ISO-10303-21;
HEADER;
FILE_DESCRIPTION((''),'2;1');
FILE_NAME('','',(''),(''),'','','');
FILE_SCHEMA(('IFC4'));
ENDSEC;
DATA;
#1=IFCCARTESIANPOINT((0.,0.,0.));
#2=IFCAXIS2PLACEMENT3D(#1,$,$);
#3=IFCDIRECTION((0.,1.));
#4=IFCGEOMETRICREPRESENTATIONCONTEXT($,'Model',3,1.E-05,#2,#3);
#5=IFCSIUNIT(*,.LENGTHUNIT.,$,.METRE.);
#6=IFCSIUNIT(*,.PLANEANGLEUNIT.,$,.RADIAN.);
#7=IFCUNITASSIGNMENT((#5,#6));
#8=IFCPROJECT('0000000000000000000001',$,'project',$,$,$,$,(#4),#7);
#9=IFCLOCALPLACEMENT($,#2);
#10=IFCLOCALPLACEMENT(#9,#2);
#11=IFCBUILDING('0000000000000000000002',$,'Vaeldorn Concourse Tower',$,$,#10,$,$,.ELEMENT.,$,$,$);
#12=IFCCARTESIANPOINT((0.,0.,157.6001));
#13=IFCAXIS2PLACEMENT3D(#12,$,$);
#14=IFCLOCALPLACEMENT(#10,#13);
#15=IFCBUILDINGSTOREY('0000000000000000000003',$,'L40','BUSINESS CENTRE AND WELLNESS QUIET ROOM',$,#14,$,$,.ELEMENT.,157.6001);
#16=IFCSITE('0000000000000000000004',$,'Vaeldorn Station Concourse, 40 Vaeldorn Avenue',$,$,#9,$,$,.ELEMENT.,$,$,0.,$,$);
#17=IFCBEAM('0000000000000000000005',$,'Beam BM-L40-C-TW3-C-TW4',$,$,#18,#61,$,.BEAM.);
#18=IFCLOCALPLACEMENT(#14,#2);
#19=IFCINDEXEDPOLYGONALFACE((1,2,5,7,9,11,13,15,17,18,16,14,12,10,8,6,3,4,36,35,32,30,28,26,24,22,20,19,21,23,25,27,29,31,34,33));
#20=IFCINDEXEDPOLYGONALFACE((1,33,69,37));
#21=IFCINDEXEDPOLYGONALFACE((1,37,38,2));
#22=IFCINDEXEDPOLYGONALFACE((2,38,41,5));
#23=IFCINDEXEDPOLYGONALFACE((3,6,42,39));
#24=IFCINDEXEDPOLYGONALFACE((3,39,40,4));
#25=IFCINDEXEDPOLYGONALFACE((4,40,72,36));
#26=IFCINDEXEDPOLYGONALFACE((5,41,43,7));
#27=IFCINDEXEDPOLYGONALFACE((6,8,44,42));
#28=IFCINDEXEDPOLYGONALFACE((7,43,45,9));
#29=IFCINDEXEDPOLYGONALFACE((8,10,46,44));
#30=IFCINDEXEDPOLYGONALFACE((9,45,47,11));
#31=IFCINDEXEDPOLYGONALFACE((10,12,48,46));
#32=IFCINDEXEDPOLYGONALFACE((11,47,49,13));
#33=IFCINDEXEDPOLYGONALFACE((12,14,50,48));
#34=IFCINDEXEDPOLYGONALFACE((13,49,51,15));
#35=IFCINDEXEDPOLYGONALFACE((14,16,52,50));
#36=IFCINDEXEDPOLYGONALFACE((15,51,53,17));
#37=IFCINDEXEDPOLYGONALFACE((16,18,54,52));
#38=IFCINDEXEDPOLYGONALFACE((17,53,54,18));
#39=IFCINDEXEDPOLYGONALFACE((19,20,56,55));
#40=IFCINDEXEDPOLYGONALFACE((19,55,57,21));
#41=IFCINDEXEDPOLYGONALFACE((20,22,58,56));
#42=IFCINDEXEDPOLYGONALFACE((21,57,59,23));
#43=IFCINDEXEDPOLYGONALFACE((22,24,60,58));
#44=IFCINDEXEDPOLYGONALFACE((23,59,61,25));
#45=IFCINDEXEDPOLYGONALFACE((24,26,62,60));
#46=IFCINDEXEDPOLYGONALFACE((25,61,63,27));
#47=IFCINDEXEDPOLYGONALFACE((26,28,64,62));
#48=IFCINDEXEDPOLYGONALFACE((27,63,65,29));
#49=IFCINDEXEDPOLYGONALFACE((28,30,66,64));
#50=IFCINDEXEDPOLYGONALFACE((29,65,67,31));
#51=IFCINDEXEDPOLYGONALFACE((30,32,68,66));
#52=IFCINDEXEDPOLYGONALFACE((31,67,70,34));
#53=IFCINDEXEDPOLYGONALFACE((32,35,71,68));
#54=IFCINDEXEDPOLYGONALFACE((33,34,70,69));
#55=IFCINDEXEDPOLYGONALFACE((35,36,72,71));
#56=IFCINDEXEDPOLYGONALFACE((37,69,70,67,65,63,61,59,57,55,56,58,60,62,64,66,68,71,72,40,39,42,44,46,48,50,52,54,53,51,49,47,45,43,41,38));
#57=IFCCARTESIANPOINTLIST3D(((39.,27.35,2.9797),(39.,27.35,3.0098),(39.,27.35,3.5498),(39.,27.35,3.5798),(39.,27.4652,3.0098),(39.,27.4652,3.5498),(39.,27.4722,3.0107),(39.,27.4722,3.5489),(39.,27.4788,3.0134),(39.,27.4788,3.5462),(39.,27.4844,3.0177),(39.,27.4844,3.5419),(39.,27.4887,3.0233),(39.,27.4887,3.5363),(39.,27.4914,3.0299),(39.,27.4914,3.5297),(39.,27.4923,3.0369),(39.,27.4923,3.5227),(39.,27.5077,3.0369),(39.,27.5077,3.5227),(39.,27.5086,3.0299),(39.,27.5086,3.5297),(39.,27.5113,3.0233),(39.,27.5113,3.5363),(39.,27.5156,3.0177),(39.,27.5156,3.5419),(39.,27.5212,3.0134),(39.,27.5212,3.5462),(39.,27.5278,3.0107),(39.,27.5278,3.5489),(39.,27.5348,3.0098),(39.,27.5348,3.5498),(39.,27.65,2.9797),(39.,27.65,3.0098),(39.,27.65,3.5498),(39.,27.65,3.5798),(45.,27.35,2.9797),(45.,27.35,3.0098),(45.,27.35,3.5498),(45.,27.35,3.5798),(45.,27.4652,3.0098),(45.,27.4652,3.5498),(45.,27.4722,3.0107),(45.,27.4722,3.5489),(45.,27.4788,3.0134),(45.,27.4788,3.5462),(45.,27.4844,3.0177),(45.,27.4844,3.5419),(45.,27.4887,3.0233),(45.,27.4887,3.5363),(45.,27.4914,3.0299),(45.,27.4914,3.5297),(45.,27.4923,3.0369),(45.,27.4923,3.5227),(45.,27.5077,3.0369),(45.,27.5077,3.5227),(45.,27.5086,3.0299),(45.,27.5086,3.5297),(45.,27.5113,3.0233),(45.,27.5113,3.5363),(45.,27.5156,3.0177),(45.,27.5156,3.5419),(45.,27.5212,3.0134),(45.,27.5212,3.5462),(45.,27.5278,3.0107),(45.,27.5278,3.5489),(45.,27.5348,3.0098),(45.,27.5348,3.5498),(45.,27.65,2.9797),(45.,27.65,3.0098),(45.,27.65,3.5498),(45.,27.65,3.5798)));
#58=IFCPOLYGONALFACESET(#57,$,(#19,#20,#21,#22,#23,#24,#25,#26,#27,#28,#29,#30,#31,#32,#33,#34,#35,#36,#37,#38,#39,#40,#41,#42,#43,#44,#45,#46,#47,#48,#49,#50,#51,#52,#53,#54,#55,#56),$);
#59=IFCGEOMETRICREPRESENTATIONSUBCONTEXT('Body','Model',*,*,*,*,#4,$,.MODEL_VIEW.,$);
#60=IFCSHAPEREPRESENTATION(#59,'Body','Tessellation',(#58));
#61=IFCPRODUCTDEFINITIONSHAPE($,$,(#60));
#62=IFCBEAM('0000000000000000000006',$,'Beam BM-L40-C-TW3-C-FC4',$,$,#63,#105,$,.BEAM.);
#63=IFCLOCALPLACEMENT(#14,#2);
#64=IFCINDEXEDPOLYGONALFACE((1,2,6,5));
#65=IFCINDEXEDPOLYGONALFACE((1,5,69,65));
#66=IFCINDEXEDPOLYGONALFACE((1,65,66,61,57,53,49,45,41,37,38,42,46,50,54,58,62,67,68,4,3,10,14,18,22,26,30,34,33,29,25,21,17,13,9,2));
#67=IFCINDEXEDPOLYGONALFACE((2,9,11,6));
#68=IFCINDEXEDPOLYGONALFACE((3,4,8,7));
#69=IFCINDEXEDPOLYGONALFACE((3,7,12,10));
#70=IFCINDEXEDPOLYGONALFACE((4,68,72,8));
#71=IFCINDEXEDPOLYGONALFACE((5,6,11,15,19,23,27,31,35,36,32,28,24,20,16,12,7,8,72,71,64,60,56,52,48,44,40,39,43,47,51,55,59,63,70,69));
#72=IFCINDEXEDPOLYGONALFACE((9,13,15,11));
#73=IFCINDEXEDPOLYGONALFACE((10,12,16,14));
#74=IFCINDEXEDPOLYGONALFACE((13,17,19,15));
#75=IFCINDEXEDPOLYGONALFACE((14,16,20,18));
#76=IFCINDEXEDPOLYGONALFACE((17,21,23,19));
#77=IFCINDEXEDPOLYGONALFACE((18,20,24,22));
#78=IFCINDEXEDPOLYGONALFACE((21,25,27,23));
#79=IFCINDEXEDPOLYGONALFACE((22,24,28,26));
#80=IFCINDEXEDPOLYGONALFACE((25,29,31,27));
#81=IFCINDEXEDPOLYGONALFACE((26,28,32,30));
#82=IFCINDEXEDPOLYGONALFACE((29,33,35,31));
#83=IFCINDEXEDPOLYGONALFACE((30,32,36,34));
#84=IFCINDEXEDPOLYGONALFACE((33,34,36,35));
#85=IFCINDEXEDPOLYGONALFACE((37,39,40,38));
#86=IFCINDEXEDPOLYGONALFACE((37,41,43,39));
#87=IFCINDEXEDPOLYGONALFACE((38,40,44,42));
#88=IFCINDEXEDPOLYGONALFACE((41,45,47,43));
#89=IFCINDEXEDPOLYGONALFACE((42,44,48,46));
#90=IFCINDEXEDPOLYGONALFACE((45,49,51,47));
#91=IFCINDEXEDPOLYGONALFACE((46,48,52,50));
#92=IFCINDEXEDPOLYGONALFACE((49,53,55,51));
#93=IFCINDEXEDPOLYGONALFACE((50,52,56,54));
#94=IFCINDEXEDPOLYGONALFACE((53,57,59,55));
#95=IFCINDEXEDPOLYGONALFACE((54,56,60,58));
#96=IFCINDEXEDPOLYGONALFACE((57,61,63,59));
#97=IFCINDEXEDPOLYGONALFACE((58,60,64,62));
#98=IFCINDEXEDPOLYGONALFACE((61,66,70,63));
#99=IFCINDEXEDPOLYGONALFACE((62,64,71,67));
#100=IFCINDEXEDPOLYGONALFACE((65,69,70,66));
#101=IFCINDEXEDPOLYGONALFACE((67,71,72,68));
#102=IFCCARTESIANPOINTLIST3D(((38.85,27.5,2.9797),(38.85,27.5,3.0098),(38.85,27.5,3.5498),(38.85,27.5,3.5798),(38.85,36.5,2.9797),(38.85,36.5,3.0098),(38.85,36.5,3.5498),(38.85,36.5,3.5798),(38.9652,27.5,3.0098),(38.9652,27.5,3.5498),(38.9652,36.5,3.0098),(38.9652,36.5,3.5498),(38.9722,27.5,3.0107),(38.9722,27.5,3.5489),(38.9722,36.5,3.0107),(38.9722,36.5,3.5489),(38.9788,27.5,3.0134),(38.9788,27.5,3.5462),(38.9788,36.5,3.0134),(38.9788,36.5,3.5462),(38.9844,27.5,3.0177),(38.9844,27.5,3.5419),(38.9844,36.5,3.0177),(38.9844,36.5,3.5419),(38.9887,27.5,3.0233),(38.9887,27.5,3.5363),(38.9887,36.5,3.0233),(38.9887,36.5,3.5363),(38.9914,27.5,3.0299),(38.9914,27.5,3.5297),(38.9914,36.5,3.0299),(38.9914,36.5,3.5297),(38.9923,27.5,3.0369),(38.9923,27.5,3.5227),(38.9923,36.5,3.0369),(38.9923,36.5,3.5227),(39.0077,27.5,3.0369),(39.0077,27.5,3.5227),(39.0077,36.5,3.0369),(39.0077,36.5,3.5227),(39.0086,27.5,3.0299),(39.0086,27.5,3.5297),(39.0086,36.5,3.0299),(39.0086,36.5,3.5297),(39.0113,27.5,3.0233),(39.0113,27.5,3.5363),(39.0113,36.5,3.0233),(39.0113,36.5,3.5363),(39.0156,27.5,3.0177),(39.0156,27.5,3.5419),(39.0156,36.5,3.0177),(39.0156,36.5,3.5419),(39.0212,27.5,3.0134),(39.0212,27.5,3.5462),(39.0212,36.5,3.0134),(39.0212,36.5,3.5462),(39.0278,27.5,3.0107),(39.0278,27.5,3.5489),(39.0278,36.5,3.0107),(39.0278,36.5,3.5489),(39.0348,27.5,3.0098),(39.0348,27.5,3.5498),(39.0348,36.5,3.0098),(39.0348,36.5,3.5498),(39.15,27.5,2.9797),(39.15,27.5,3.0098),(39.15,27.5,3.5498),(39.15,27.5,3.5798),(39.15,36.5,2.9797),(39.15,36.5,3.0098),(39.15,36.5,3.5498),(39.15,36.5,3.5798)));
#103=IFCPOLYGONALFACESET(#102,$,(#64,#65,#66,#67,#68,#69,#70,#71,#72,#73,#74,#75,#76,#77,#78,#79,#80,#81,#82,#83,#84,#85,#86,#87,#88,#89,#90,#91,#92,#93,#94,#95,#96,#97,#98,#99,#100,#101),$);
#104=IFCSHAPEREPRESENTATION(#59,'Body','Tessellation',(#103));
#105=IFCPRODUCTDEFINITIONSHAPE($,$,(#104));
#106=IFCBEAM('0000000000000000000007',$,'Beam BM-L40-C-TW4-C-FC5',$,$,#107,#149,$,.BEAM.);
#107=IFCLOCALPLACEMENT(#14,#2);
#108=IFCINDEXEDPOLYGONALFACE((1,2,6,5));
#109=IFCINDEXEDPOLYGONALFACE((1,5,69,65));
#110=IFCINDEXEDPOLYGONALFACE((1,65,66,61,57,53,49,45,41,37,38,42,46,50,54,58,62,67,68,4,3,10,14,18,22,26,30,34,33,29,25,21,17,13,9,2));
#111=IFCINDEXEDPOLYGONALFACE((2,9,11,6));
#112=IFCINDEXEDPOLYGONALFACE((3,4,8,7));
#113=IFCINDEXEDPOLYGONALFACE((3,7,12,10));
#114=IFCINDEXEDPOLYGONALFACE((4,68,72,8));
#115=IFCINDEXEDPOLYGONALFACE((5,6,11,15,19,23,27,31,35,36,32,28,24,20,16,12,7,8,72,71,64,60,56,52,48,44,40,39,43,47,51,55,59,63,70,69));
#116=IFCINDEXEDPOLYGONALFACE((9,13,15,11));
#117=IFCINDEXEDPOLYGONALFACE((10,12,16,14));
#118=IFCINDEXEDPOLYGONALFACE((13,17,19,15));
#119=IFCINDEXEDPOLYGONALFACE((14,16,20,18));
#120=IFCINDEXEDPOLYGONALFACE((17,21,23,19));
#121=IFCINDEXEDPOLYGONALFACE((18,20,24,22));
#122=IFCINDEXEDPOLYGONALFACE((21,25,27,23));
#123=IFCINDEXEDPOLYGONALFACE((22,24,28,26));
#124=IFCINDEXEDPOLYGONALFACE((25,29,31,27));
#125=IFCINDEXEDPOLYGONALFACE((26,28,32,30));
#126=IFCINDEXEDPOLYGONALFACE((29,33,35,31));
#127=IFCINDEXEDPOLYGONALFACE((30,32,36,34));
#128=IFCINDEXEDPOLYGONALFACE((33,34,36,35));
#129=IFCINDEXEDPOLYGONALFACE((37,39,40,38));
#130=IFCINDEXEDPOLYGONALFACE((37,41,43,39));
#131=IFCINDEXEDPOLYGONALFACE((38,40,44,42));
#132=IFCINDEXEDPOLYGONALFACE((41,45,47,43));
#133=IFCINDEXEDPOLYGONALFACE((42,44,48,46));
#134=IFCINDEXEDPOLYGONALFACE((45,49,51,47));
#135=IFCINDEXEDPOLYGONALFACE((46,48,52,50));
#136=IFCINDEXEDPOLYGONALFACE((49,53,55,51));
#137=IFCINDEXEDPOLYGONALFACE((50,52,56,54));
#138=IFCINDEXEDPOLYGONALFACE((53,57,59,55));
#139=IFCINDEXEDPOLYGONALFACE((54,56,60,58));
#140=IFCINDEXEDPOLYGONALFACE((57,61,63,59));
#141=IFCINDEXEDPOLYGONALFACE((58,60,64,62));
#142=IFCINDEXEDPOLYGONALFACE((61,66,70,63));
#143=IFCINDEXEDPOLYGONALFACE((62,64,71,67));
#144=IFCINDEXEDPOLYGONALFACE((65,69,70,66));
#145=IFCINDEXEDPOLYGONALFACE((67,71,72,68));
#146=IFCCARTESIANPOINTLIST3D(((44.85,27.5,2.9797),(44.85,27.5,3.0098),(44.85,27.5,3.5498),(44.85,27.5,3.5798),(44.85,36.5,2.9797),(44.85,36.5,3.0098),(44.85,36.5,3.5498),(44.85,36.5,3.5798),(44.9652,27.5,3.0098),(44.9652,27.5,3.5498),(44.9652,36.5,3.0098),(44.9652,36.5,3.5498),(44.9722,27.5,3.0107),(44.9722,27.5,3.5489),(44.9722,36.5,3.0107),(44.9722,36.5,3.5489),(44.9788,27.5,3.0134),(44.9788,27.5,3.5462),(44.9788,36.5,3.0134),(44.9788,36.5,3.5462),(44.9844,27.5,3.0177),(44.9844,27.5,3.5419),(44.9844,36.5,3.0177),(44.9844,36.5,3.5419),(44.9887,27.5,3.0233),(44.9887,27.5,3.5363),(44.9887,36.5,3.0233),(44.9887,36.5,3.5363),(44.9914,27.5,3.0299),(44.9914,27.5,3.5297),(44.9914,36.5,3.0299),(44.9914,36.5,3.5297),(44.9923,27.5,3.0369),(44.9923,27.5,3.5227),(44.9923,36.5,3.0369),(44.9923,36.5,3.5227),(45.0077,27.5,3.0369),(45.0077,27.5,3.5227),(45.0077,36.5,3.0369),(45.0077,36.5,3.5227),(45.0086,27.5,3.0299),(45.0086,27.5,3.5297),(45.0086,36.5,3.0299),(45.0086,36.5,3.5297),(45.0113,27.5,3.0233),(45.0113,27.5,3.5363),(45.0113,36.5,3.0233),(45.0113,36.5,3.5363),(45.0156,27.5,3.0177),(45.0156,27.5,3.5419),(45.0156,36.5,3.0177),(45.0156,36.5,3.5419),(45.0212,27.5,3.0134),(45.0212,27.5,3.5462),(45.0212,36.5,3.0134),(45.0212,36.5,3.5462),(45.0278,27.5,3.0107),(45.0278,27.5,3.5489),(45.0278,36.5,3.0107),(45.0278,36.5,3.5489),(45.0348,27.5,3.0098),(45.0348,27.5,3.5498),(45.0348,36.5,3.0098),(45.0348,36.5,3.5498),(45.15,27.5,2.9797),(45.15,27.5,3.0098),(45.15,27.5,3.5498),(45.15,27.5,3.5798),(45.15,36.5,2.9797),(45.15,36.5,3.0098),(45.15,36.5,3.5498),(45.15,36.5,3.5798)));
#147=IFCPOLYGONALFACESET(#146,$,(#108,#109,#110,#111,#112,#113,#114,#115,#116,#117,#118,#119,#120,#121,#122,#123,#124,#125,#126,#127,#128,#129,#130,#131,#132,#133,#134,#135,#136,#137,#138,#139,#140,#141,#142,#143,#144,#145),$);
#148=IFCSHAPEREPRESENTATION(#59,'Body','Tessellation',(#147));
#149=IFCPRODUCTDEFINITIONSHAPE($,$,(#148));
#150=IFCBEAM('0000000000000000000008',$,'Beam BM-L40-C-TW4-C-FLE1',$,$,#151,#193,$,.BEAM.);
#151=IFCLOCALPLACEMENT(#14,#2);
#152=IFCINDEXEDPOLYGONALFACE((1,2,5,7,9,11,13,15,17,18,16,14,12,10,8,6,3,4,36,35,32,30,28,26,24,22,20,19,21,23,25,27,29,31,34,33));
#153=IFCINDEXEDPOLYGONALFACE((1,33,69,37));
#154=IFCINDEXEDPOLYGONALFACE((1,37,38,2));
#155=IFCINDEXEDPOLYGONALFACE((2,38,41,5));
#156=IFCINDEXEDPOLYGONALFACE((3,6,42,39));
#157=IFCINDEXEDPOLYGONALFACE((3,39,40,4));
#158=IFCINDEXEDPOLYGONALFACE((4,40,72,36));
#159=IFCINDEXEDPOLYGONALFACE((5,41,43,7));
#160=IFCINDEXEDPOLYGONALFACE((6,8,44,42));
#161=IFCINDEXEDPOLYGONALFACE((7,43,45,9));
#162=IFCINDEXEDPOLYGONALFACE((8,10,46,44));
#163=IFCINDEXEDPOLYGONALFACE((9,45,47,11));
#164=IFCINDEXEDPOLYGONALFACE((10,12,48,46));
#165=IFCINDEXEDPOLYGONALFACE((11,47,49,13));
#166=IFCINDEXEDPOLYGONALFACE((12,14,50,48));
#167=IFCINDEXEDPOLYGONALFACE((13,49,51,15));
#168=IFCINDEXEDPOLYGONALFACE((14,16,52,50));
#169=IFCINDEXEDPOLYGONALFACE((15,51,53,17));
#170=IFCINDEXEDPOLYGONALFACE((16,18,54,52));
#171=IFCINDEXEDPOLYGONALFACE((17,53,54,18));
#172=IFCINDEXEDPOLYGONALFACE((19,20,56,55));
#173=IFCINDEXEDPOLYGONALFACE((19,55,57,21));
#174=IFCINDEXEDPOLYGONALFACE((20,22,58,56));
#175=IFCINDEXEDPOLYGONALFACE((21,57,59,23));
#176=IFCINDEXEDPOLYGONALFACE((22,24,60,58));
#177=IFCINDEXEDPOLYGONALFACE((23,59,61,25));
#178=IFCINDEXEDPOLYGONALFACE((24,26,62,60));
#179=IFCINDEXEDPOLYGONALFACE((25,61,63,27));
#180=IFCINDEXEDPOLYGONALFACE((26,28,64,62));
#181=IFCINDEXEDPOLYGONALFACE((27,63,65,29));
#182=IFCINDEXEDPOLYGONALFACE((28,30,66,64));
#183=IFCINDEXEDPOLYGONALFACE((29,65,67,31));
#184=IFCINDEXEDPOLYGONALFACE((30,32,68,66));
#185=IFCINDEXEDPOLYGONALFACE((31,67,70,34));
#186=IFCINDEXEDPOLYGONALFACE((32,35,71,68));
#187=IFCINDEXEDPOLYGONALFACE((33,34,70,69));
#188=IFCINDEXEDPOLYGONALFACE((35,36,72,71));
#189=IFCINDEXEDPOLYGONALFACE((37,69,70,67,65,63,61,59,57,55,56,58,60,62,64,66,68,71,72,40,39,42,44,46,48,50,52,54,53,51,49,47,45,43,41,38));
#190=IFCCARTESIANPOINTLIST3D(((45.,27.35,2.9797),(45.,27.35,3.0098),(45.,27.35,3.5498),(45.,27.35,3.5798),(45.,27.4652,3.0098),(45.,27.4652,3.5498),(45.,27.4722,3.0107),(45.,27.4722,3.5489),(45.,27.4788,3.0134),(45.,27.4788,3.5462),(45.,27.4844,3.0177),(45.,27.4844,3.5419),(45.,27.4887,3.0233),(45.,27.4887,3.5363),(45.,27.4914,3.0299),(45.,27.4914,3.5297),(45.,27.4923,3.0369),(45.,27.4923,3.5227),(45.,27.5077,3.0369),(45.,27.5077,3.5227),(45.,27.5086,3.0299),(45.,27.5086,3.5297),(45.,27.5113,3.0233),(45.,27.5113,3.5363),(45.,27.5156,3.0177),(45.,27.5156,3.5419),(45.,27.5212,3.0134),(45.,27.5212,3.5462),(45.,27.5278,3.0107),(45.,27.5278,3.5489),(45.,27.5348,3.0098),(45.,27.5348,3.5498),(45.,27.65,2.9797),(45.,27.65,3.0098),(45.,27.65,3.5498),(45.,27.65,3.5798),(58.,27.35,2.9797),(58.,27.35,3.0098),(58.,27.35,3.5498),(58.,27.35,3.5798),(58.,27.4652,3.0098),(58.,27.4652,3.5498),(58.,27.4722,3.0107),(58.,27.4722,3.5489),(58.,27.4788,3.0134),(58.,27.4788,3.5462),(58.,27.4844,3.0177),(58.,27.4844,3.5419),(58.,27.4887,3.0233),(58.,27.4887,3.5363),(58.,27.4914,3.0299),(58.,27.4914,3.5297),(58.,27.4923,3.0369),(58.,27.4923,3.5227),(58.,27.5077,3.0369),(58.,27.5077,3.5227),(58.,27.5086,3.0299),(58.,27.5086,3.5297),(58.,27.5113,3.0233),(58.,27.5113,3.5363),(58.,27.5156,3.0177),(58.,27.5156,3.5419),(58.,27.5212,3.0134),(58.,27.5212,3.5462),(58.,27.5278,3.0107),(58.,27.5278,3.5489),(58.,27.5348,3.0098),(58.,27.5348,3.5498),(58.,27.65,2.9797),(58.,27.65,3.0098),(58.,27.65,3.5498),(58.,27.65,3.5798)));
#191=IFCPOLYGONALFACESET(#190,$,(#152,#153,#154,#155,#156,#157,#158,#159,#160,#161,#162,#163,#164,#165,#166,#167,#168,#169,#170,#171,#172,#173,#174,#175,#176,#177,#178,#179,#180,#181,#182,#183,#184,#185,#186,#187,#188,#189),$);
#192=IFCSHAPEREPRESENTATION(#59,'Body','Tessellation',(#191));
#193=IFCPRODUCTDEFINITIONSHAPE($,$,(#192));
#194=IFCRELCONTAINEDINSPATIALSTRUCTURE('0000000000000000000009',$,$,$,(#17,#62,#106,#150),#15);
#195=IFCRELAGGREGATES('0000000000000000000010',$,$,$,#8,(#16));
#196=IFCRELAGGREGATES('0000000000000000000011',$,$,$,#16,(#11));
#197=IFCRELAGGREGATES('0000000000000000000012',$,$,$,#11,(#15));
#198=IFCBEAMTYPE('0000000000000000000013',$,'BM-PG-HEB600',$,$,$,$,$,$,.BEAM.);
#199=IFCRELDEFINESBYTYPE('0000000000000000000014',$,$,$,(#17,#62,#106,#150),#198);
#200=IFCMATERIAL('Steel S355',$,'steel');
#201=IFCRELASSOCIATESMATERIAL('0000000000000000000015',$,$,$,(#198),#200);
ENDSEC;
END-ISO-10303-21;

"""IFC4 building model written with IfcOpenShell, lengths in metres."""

from ifc_helpers import new_model, si_unit, direction, frame, origin, origin_2d, place, context, subcontext, project, spatial, i_section, extrude, source, transform, mapped, material, material_profile, profile_set, type_object, element, save


model = new_model("IFC4")

# Units and contexts
model_context = context("Model", 3, precision=1e-05, world=origin(), true_north=direction((0.0, 1.0)))
body_context = subcontext(model_context, "Body", "Model", "MODEL_VIEW")
ifc_project = project(units=[si_unit("LENGTHUNIT", "METRE"), si_unit("PLANEANGLEUNIT", "RADIAN")], contexts=[model_context])

# Site, building, storey
site_placement = place(None, origin())
site = spatial("IfcSite", under=ifc_project, at=site_placement, Name="Vaeldorn Station Concourse, 40 Vaeldorn Avenue", CompositionType="ELEMENT", RefElevation=0.0)
building_placement = place(site_placement, origin())
building = spatial("IfcBuilding", under=site, at=building_placement, Name="Vaeldorn Concourse Tower", CompositionType="ELEMENT")
storey_placement = place(building_placement, frame((0.0, 0.0, 157.6001)))
storey = spatial("IfcBuildingStorey", under=building, at=storey_placement, Name="L40", Description="BUSINESS CENTRE AND WELLNESS QUIET ROOM", CompositionType="ELEMENT", Elevation=157.6001)

# Beams
ifc_material_1 = material(Name="Steel S355", Category="steel")
ifc_material_profile_1 = material_profile(ifc_material_1, i_section(OverallWidth=0.3, OverallDepth=0.6001, WebThickness=0.0154, FlangeThickness=0.03, FilletRadius=0.0271, at=origin_2d()), Name="HEB 600")
ifc_profile_set_1 = profile_set([ifc_material_profile_1], Name="Steel S355")
beam_type_1 = type_object("IfcBeamType", Name="BM-PG-HEB600", PredefinedType="BEAM", material=ifc_profile_set_1)
shared_shape_1 = source(origin(), body_context, "Body", "SweptSolid", [
    extrude(i_section(OverallWidth=0.3, OverallDepth=0.6001, WebThickness=0.0154, FlangeThickness=0.03, FilletRadius=0.0271, at=origin_2d()), origin(), (0.0, 0.0, 1.0), 6.0),
])
beam_1_placement = place(storey_placement, frame((39.0, 27.5, 3.2798), z_axis=(1.0, 0.0, 0.0), x_axis=(0.0, 1.0, 0.0)))
element("IfcBeam", 1, at=beam_1_placement, inside=storey, type_object=beam_type_1, Name="Beam BM-L40-C-TW3-C-TW4", PredefinedType="BEAM", context=body_context, shape_type="MappedRepresentation", body=[
    mapped(shared_shape_1, transform((0.0, 0.0, 0.0), scale=1.0)),
])
shared_shape_2 = source(origin(), body_context, "Body", "SweptSolid", [
    extrude(i_section(OverallWidth=0.3, OverallDepth=0.6001, WebThickness=0.0154, FlangeThickness=0.03, FilletRadius=0.0271, at=origin_2d()), origin(), (0.0, 0.0, 1.0), 9.0),
])
for number, where, z_axis, x_axis, name in (
    (2, (39.0, 27.5, 3.2798), (0.0, 1.0, 0.0), (-1.0, 0.0, 0.0), "Beam BM-L40-C-TW3-C-FC4"),
    (3, (45.0, 27.5, 3.2798), (0.0, 1.0, 0.0), (-1.0, 0.0, 0.0), "Beam BM-L40-C-TW4-C-FC5"),
):
    element("IfcBeam", number, at=place(storey_placement, frame(where, z_axis=z_axis, x_axis=x_axis)), inside=storey, type_object=beam_type_1, Name=name, PredefinedType="BEAM", context=body_context, shape_type="MappedRepresentation", body=[
        mapped(shared_shape_2, transform((0.0, 0.0, 0.0), scale=1.0)),
    ])
shared_shape_3 = source(origin(), body_context, "Body", "SweptSolid", [
    extrude(i_section(OverallWidth=0.3, OverallDepth=0.6001, WebThickness=0.0154, FlangeThickness=0.03, FilletRadius=0.0271, at=origin_2d()), origin(), (0.0, 0.0, 1.0), 13.0),
])
beam_2_placement = place(storey_placement, frame((45.0, 27.5, 3.2798), z_axis=(1.0, 0.0, 0.0), x_axis=(0.0, 1.0, 0.0)))
element("IfcBeam", 4, at=beam_2_placement, inside=storey, type_object=beam_type_1, Name="Beam BM-L40-C-TW4-C-FLE1", PredefinedType="BEAM", context=body_context, shape_type="MappedRepresentation", body=[
    mapped(shared_shape_3, transform((0.0, 0.0, 0.0), scale=1.0)),
])

save(model, "model.ifc")
